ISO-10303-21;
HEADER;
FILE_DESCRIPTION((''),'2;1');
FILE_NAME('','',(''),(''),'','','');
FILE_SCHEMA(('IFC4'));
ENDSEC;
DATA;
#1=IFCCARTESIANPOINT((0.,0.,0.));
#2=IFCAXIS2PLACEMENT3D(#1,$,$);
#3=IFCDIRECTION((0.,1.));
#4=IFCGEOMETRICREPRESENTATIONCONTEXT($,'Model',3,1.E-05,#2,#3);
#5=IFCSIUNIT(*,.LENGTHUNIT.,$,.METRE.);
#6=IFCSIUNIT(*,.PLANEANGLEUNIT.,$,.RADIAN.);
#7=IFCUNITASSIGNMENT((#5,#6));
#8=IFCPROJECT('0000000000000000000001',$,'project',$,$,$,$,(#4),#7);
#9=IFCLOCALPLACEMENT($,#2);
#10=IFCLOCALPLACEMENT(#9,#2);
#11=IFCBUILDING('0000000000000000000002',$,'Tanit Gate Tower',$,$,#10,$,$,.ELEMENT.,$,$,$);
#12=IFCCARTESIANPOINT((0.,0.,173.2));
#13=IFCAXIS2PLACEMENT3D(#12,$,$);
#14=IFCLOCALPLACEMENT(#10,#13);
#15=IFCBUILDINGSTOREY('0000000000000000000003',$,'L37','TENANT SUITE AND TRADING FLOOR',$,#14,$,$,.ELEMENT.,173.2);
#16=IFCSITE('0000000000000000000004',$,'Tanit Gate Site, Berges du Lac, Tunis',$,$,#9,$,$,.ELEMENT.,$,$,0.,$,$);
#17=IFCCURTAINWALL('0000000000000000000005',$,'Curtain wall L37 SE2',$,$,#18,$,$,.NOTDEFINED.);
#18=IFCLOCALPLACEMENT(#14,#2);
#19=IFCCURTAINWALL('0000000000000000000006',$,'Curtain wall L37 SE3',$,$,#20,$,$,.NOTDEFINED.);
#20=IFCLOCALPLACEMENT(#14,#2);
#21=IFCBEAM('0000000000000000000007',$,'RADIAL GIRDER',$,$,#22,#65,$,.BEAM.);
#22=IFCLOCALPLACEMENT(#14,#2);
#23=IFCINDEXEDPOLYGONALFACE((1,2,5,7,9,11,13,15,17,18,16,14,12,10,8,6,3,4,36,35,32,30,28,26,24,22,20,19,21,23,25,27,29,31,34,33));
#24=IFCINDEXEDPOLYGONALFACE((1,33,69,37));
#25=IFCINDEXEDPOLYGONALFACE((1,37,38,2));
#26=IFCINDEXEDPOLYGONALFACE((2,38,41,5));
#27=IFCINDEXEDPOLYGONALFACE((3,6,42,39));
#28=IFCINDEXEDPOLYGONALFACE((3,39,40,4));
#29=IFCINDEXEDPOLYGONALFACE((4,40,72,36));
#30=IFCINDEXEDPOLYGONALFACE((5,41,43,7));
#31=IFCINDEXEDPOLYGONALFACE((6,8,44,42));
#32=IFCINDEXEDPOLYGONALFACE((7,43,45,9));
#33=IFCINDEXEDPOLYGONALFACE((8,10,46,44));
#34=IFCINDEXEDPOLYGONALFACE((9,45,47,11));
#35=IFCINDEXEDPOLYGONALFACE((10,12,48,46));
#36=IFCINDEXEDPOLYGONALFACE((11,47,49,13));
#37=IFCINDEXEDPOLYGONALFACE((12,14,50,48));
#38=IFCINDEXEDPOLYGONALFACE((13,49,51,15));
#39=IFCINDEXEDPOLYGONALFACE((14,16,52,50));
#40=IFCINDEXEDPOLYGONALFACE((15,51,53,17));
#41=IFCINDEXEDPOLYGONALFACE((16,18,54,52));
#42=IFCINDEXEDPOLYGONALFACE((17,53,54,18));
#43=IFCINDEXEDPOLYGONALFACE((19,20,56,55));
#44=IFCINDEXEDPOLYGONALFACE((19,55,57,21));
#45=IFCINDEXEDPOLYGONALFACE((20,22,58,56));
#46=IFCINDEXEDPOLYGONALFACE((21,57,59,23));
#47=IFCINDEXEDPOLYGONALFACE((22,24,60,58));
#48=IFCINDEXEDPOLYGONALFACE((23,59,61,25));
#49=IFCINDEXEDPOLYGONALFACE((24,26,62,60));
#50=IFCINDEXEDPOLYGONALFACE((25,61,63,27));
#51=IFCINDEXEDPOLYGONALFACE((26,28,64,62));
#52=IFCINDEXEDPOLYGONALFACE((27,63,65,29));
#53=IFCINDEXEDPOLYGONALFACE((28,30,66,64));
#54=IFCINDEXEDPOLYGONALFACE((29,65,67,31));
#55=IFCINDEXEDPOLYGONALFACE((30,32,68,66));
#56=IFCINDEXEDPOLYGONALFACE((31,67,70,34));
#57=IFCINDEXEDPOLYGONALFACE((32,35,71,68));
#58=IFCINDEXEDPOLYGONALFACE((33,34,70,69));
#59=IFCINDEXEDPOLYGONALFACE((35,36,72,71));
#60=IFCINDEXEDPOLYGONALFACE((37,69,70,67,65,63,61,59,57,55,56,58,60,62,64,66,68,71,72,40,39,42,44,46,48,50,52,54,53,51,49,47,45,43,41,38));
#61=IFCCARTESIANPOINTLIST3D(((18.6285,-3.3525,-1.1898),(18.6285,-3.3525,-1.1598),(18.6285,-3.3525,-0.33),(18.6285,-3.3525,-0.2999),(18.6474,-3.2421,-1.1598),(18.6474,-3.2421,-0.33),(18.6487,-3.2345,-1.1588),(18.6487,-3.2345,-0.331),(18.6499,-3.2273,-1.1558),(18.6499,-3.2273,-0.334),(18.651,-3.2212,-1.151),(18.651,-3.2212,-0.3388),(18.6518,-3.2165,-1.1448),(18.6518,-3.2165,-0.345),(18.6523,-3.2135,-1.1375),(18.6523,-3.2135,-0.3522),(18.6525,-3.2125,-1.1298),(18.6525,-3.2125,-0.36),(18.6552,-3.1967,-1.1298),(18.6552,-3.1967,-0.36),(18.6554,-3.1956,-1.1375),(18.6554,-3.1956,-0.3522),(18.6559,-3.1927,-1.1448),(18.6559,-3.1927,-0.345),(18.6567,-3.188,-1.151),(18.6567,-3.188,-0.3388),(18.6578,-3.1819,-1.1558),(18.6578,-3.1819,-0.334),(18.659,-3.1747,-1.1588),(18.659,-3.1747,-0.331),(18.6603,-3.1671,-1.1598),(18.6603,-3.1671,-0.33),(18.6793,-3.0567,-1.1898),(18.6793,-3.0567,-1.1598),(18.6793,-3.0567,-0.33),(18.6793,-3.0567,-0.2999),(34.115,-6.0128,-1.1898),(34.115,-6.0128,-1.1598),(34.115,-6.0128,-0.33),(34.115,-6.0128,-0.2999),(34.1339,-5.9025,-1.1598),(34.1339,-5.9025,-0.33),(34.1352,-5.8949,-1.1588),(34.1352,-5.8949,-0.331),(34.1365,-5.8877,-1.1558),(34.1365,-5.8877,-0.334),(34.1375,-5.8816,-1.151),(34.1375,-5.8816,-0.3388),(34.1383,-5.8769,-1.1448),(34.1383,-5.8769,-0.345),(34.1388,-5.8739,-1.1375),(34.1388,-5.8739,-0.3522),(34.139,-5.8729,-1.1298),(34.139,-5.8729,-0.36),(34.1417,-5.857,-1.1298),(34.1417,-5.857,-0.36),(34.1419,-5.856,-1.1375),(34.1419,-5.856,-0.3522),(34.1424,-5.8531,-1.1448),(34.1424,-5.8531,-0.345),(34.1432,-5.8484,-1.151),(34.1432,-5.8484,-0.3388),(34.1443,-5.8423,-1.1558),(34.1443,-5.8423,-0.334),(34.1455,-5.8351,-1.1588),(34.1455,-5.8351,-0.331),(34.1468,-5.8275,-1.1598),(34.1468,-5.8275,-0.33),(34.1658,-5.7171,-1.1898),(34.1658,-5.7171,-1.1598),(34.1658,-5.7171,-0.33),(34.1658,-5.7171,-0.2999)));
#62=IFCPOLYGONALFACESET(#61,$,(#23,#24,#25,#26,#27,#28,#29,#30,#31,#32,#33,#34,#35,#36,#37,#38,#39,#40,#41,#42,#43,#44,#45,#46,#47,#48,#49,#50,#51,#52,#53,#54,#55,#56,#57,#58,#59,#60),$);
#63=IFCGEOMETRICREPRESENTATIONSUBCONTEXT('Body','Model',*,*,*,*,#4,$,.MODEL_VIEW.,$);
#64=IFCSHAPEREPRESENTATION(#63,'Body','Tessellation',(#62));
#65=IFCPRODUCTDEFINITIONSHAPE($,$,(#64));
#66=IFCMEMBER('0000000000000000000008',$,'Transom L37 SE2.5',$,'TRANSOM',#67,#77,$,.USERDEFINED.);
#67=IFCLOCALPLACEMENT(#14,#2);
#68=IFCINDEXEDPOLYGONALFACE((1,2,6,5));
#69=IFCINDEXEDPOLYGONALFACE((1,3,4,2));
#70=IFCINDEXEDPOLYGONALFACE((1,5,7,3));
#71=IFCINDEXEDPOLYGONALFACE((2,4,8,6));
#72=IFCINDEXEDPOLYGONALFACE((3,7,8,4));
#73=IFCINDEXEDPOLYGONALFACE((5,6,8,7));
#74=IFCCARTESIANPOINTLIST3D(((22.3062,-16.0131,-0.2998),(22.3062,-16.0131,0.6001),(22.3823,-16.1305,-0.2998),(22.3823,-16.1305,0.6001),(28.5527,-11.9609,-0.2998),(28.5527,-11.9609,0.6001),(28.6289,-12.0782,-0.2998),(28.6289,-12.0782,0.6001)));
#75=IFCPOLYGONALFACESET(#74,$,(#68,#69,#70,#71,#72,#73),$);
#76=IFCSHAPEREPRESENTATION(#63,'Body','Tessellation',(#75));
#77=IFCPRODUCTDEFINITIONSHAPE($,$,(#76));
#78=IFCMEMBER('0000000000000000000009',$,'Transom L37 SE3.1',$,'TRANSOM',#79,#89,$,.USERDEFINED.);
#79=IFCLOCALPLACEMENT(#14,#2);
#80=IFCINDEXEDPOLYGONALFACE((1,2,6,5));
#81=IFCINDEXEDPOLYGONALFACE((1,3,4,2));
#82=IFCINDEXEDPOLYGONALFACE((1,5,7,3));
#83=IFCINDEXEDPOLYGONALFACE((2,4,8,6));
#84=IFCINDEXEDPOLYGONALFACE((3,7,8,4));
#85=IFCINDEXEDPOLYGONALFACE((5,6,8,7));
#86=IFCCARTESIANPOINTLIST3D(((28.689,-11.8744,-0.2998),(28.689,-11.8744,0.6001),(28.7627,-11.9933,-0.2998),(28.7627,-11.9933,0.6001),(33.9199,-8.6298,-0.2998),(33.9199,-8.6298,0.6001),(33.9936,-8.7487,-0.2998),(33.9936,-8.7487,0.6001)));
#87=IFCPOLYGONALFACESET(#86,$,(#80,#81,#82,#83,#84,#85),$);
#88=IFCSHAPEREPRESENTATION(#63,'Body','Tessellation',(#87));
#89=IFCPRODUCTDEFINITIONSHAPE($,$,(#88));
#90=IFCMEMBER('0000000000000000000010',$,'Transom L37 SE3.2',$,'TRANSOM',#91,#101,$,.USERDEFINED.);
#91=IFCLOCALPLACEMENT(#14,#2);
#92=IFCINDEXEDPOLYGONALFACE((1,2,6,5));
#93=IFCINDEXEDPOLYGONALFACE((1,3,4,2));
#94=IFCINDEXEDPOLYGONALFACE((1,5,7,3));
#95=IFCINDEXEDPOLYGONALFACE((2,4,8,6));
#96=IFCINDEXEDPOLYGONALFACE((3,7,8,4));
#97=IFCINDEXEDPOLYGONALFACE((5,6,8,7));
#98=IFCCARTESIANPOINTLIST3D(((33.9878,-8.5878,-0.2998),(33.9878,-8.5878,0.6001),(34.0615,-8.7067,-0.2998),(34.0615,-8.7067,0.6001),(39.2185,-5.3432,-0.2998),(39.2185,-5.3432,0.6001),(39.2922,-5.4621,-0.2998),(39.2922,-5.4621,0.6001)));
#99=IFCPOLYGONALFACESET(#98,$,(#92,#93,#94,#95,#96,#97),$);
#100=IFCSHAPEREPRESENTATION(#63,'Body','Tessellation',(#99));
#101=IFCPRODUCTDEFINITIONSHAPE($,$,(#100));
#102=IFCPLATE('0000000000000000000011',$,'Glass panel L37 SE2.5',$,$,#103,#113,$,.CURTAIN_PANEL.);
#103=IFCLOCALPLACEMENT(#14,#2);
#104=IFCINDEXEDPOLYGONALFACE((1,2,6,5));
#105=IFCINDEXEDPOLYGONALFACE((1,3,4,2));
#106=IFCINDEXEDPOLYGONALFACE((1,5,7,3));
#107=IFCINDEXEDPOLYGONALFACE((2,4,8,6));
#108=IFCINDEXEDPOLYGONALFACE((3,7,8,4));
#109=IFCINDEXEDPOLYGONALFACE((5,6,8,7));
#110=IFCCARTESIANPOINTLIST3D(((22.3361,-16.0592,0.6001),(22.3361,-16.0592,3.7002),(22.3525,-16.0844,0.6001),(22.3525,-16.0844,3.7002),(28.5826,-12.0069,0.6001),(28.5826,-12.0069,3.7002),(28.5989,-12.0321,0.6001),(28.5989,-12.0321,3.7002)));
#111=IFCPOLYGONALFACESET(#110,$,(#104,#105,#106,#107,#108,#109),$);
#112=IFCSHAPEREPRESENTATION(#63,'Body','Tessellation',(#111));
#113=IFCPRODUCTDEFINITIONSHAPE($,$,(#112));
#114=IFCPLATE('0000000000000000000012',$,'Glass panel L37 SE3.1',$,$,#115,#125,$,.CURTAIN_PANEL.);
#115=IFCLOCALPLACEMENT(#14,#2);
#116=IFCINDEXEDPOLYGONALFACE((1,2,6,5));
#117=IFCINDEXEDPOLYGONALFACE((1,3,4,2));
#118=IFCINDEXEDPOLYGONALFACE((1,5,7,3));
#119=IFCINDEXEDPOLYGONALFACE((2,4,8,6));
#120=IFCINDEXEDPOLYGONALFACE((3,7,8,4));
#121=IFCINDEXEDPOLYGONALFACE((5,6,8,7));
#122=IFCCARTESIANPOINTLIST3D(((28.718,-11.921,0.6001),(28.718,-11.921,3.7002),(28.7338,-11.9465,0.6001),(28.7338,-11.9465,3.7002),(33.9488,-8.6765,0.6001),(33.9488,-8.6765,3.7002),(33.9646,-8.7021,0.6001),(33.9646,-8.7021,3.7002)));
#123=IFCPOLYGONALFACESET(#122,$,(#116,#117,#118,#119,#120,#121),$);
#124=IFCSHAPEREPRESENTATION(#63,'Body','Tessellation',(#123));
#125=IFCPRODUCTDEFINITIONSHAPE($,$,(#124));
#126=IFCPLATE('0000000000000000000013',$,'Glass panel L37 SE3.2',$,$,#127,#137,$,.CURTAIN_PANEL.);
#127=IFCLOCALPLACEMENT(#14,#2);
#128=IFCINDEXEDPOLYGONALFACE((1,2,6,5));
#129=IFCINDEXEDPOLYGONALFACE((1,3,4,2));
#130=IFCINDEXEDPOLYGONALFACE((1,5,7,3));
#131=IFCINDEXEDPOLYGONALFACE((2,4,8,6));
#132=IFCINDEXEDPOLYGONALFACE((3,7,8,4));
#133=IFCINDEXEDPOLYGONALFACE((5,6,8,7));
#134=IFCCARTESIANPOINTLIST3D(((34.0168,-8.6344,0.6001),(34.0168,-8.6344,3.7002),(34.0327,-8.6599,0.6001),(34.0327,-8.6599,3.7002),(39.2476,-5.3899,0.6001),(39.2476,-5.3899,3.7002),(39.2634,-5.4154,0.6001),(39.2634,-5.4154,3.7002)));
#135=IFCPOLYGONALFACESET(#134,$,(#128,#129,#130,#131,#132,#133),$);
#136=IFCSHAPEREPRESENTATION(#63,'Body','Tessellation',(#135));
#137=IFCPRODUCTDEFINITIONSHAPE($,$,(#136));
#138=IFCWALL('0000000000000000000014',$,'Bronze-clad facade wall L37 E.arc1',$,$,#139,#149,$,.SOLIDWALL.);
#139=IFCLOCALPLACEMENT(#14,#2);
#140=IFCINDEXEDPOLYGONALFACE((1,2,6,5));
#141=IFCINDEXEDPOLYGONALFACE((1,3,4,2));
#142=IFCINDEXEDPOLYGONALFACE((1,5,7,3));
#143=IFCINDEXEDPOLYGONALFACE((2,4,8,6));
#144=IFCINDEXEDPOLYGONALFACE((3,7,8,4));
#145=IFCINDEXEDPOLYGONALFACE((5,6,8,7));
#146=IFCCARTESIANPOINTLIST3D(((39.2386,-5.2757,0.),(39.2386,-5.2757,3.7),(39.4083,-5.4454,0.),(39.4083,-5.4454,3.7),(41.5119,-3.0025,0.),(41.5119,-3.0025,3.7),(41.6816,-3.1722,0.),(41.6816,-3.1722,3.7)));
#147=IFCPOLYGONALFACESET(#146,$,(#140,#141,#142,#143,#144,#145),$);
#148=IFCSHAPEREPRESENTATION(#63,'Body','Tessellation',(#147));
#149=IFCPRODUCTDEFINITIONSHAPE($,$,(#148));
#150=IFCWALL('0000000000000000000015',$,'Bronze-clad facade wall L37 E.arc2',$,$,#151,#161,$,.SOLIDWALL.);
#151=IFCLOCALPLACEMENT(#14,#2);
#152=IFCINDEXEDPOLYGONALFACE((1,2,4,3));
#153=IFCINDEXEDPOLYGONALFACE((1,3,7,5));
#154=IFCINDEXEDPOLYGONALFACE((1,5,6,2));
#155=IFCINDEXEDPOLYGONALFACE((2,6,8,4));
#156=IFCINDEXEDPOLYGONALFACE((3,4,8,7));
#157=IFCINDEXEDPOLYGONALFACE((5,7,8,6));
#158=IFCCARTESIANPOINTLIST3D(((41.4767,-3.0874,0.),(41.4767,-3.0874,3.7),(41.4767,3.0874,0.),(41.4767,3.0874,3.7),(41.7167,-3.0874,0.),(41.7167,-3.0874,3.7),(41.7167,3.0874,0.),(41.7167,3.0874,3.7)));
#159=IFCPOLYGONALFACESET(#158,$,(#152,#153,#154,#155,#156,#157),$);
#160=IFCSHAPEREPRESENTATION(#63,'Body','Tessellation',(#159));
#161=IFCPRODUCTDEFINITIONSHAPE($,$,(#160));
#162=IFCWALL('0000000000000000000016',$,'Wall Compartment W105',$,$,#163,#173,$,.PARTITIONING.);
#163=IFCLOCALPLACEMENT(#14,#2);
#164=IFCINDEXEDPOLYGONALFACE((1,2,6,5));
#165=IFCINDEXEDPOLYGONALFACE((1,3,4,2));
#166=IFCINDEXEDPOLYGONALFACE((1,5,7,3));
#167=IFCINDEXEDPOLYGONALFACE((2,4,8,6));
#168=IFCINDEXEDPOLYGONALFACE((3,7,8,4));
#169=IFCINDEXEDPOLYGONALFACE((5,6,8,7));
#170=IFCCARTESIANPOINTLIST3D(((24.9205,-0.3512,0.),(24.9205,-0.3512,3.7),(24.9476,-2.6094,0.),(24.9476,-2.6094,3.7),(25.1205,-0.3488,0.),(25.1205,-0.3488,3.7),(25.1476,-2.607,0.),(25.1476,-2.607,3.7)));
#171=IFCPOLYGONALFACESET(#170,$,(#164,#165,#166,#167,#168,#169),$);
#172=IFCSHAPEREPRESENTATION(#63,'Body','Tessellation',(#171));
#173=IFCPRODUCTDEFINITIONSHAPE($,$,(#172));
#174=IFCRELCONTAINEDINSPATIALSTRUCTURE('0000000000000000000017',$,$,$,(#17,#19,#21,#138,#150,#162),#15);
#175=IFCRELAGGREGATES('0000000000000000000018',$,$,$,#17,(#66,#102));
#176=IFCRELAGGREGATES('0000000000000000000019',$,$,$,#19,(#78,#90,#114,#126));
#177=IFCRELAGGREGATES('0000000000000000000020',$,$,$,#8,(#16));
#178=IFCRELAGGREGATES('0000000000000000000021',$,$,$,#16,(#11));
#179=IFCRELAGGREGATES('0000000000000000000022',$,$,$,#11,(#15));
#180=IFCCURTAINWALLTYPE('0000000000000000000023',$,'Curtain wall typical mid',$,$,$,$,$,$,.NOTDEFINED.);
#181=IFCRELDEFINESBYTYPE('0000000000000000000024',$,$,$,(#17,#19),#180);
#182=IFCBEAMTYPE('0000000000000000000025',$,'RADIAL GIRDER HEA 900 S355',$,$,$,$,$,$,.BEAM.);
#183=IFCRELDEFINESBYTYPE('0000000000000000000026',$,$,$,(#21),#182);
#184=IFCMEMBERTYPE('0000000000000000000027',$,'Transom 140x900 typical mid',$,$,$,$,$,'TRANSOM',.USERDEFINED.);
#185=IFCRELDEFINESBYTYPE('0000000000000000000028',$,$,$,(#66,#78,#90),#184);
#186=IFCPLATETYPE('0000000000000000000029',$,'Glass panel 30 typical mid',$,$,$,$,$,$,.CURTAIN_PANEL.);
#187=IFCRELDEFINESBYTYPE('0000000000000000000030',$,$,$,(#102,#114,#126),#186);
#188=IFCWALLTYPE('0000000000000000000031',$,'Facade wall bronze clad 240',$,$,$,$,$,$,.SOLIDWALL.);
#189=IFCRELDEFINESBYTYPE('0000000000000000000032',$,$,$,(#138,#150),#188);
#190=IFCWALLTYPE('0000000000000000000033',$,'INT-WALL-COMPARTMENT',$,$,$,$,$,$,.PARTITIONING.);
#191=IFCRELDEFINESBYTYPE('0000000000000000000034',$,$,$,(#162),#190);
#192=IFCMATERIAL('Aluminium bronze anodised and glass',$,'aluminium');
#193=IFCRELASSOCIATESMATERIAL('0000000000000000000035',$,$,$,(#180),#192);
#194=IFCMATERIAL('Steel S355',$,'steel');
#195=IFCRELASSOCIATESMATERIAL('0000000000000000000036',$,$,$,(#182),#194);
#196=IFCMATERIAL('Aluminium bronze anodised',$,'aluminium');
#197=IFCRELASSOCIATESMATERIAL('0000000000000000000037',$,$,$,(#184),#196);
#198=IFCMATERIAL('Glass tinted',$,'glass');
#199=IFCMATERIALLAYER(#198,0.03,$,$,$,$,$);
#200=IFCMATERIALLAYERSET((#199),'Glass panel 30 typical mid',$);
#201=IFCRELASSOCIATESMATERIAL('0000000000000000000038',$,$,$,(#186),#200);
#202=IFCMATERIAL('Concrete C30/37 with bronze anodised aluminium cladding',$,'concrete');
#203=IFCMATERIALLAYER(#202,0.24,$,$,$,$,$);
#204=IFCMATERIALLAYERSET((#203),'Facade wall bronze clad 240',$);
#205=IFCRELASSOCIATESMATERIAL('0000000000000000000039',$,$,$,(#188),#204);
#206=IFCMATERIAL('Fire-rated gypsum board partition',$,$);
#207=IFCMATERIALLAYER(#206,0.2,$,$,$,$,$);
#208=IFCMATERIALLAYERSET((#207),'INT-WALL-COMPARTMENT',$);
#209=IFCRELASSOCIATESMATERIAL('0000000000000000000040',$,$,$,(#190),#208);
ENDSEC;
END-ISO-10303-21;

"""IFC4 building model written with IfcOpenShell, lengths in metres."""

from ifc_helpers import new_model, si_unit, direction, frame, frame_2d, origin, origin_2d, place, context, subcontext, project, spatial, rectangle, i_section, extrude, material, layer, layer_set, material_profile, profile_set, type_object, element, aggregate, save


model = new_model("IFC4")

# Units and contexts
model_context = context("Model", 3, precision=1e-05, world=origin(), true_north=direction((0.0, 1.0)))
body_context = subcontext(model_context, "Body", "Model", "MODEL_VIEW")
ifc_project = project(units=[si_unit("LENGTHUNIT", "METRE"), si_unit("PLANEANGLEUNIT", "RADIAN")], contexts=[model_context])

# Site, building, storey
site_placement = place(None, origin())
site = spatial("IfcSite", under=ifc_project, at=site_placement, Name="Tanit Gate Site, Berges du Lac, Tunis", CompositionType="ELEMENT", RefElevation=0.0)
building_placement = place(site_placement, origin())
building = spatial("IfcBuilding", under=site, at=building_placement, Name="Tanit Gate Tower", CompositionType="ELEMENT")
storey_placement = place(building_placement, frame((0.0, 0.0, 173.2)))
storey = spatial("IfcBuildingStorey", under=building, at=storey_placement, Name="L37", Description="TENANT SUITE AND TRADING FLOOR", CompositionType="ELEMENT", Elevation=173.2)

# Curtain wall
ifc_material_1 = material(Name="Aluminium bronze anodised and glass", Category="aluminium")
curtain_wall_type = type_object("IfcCurtainWallType", Name="Curtain wall typical mid", PredefinedType="NOTDEFINED", material=ifc_material_1)
curtain_wall_1_placement = place(storey_placement, origin())
curtain_wall_1 = element("IfcCurtainWall", 1, at=curtain_wall_1_placement, inside=storey, type_object=curtain_wall_type, Name="Curtain wall L37 SE2", PredefinedType="NOTDEFINED")

# Curtain wall
curtain_wall_2_placement = place(storey_placement, origin())
curtain_wall_2 = element("IfcCurtainWall", 2, at=curtain_wall_2_placement, inside=storey, type_object=curtain_wall_type, Name="Curtain wall L37 SE3", PredefinedType="NOTDEFINED")

# Beam
ifc_material_2 = material(Name="Steel S355", Category="steel")
ifc_material_profile_1 = material_profile(ifc_material_2, i_section(OverallWidth=0.3, OverallDepth=0.8899, WebThickness=0.0161, FlangeThickness=0.03, FilletRadius=0.03, at=origin_2d()), Name="HEA 900")
ifc_profile_set_1 = profile_set([ifc_material_profile_1], Name="Steel S355")
beam_type_1 = type_object("IfcBeamType", Name="RADIAL GIRDER HEA 900 S355", PredefinedType="BEAM", material=ifc_profile_set_1)
beam_1_placement = place(storey_placement, frame((34.1404, -5.865, -0.7449), z_axis=(-0.985563, 0.169308, 0.0), x_axis=(-0.169308, -0.985563, 0.0)))
element("IfcBeam", 3, at=beam_1_placement, inside=storey, type_object=beam_type_1, Name="RADIAL GIRDER", PredefinedType="BEAM", context=body_context, shape_type="SweptSolid", body=[
    extrude(i_section(OverallWidth=0.3, OverallDepth=0.8899, WebThickness=0.0161, FlangeThickness=0.03, FilletRadius=0.03, at=origin_2d()), origin(), (0.0, 0.0, 1.0), 15.7134),
])

# Members
ifc_material_3 = material(Name="Aluminium bronze anodised", Category="aluminium")
ifc_material_profile_2 = material_profile(ifc_material_3, rectangle(XDim=0.1399, YDim=0.8999, at=origin_2d()), Name="140x900 bronze transom")
ifc_profile_set_2 = profile_set([ifc_material_profile_2], Name="Aluminium bronze anodised")
member_type_1 = type_object("IfcMemberType", Name="Transom 140x900 typical mid", ElementType="TRANSOM", PredefinedType="USERDEFINED", material=ifc_profile_set_2)
member_1_placement = place(storey_placement, frame((22.3442, -16.0718, 0.1501), z_axis=(0.838936, 0.54423, 0.0), x_axis=(-0.54423, 0.838936, 0.0)))
member_1 = element("IfcMember", 4, at=member_1_placement, type_object=member_type_1, Name="Transom L37 SE2.5", ObjectType="TRANSOM", PredefinedType="USERDEFINED", context=body_context, shape_type="SweptSolid", body=[
    extrude(rectangle(XDim=0.1399, YDim=0.8999, at=origin_2d()), origin(), (0.0, 0.0, 1.0), 7.4458),
])
member_2_placement = place(storey_placement, frame((28.7258, -11.9338, 0.1501), z_axis=(0.849798, 0.527108, 0.0), x_axis=(-0.527108, 0.849798, 0.0)))
member_2 = element("IfcMember", 5, at=member_2_placement, type_object=member_type_1, Name="Transom L37 SE3.1", ObjectType="TRANSOM", PredefinedType="USERDEFINED", context=body_context, shape_type="SweptSolid", body=[
    extrude(rectangle(XDim=0.1399, YDim=0.8999, at=origin_2d()), origin(), (0.0, 0.0, 1.0), 6.1555),
])
member_3_placement = place(storey_placement, frame((34.0247, -8.6472, 0.1501), z_axis=(0.849787, 0.527126, 0.0), x_axis=(-0.527126, 0.849787, 0.0)))
member_3 = element("IfcMember", 6, at=member_3_placement, type_object=member_type_1, Name="Transom L37 SE3.2", ObjectType="TRANSOM", PredefinedType="USERDEFINED", context=body_context, shape_type="SweptSolid", body=[
    extrude(rectangle(XDim=0.1399, YDim=0.8999, at=origin_2d()), origin(), (0.0, 0.0, 1.0), 6.1553),
])

# Plates
ifc_material_4 = material(Name="Glass tinted", Category="glass")
ifc_layer_1 = layer(ifc_material_4, 0.03)
ifc_layer_set_1 = layer_set([ifc_layer_1], Name="Glass panel 30 typical mid")
plate_type = type_object("IfcPlateType", Name="Glass panel 30 typical mid", PredefinedType="CURTAIN_PANEL", material=ifc_layer_set_1)
plate_1_placement = place(storey_placement, frame((25.4675, -14.0457, 0.6001), z_axis=(0.0, 0.0, 1.0), x_axis=(0.838927, 0.544243, 0.0)))
plate_1 = element("IfcPlate", 7, at=plate_1_placement, type_object=plate_type, Name="Glass panel L37 SE2.5", PredefinedType="CURTAIN_PANEL", context=body_context, shape_type="SweptSolid", body=[
    extrude(rectangle(XDim=7.4458, YDim=0.03, at=origin_2d()), origin(), (0.0, 0.0, 1.0), 3.1001),
])
aggregate(curtain_wall_1, [member_1, plate_1])
plate_2_placement = place(storey_placement, frame((31.3413, -10.3115, 0.6001), z_axis=(0.0, 0.0, 1.0), x_axis=(0.849802, 0.527102, 0.0)))
plate_2 = element("IfcPlate", 8, at=plate_2_placement, type_object=plate_type, Name="Glass panel L37 SE3.1", PredefinedType="CURTAIN_PANEL", context=body_context, shape_type="SweptSolid", body=[
    extrude(rectangle(XDim=6.1553, YDim=0.03, at=origin_2d()), origin(), (0.0, 0.0, 1.0), 3.1001),
])
plate_3_placement = place(storey_placement, frame((36.6401, -7.0249, 0.6001), z_axis=(0.0, 0.0, 1.0), x_axis=(0.849802, 0.527102, 0.0)))
plate_3 = element("IfcPlate", 9, at=plate_3_placement, type_object=plate_type, Name="Glass panel L37 SE3.2", PredefinedType="CURTAIN_PANEL", context=body_context, shape_type="SweptSolid", body=[
    extrude(rectangle(XDim=6.1553, YDim=0.03, at=origin_2d()), origin(), (0.0, 0.0, 1.0), 3.1001),
])
aggregate(curtain_wall_2, [member_2, member_3, plate_2, plate_3])

# Walls
ifc_material_5 = material(Name="Concrete C30/37 with bronze anodised aluminium cladding", Category="concrete")
ifc_layer_2 = layer(ifc_material_5, 0.24)
ifc_layer_set_2 = layer_set([ifc_layer_2], Name="Facade wall bronze clad 240")
wall_type_1 = type_object("IfcWallType", Name="Facade wall bronze clad 240", PredefinedType="SOLIDWALL", material=ifc_layer_set_2)
wall_1_placement = place(storey_placement, frame((39.3235, -5.3606, 0.0), z_axis=(0.0, 0.0, 1.0), x_axis=(0.707107, 0.707107, 0.0)))
element("IfcWall", 10, at=wall_1_placement, inside=storey, type_object=wall_type_1, Name="Bronze-clad facade wall L37 E.arc1", PredefinedType="SOLIDWALL", context=body_context, shape_type="SweptSolid", body=[
    extrude(rectangle(XDim=3.2148, YDim=0.24, at=frame_2d((1.6074, 0.0))), origin(), (0.0, 0.0, 1.0), 3.7),
])
wall_2_placement = place(storey_placement, frame((41.5967, -3.0874, 0.0), z_axis=(0.0, 0.0, 1.0), x_axis=(0.0, 1.0, 0.0)))
element("IfcWall", 11, at=wall_2_placement, inside=storey, type_object=wall_type_1, Name="Bronze-clad facade wall L37 E.arc2", PredefinedType="SOLIDWALL", context=body_context, shape_type="SweptSolid", body=[
    extrude(rectangle(XDim=6.1748, YDim=0.24, at=frame_2d((3.0874, 0.0))), origin(), (0.0, 0.0, 1.0), 3.7),
])
ifc_material_6 = material(Name="Fire-rated gypsum board partition")
ifc_layer_3 = layer(ifc_material_6, 0.2)
ifc_layer_set_3 = layer_set([ifc_layer_3], Name="INT-WALL-COMPARTMENT")
wall_type_2 = type_object("IfcWallType", Name="INT-WALL-COMPARTMENT", PredefinedType="PARTITIONING", material=ifc_layer_set_3)
wall_3_placement = place(storey_placement, frame((25.0476, -2.6082, 0.0), z_axis=(0.0, 0.0, 1.0), x_axis=(-0.012, 0.999928, 0.0)))
element("IfcWall", 12, at=wall_3_placement, inside=storey, type_object=wall_type_2, Name="Wall Compartment W105", PredefinedType="PARTITIONING", context=body_context, shape_type="SweptSolid", body=[
    extrude(rectangle(XDim=2.2583, YDim=0.2, at=frame_2d((1.1292, 0.0))), origin(), (0.0, 0.0, 1.0), 3.7),
])

save(model, "model.ifc")
